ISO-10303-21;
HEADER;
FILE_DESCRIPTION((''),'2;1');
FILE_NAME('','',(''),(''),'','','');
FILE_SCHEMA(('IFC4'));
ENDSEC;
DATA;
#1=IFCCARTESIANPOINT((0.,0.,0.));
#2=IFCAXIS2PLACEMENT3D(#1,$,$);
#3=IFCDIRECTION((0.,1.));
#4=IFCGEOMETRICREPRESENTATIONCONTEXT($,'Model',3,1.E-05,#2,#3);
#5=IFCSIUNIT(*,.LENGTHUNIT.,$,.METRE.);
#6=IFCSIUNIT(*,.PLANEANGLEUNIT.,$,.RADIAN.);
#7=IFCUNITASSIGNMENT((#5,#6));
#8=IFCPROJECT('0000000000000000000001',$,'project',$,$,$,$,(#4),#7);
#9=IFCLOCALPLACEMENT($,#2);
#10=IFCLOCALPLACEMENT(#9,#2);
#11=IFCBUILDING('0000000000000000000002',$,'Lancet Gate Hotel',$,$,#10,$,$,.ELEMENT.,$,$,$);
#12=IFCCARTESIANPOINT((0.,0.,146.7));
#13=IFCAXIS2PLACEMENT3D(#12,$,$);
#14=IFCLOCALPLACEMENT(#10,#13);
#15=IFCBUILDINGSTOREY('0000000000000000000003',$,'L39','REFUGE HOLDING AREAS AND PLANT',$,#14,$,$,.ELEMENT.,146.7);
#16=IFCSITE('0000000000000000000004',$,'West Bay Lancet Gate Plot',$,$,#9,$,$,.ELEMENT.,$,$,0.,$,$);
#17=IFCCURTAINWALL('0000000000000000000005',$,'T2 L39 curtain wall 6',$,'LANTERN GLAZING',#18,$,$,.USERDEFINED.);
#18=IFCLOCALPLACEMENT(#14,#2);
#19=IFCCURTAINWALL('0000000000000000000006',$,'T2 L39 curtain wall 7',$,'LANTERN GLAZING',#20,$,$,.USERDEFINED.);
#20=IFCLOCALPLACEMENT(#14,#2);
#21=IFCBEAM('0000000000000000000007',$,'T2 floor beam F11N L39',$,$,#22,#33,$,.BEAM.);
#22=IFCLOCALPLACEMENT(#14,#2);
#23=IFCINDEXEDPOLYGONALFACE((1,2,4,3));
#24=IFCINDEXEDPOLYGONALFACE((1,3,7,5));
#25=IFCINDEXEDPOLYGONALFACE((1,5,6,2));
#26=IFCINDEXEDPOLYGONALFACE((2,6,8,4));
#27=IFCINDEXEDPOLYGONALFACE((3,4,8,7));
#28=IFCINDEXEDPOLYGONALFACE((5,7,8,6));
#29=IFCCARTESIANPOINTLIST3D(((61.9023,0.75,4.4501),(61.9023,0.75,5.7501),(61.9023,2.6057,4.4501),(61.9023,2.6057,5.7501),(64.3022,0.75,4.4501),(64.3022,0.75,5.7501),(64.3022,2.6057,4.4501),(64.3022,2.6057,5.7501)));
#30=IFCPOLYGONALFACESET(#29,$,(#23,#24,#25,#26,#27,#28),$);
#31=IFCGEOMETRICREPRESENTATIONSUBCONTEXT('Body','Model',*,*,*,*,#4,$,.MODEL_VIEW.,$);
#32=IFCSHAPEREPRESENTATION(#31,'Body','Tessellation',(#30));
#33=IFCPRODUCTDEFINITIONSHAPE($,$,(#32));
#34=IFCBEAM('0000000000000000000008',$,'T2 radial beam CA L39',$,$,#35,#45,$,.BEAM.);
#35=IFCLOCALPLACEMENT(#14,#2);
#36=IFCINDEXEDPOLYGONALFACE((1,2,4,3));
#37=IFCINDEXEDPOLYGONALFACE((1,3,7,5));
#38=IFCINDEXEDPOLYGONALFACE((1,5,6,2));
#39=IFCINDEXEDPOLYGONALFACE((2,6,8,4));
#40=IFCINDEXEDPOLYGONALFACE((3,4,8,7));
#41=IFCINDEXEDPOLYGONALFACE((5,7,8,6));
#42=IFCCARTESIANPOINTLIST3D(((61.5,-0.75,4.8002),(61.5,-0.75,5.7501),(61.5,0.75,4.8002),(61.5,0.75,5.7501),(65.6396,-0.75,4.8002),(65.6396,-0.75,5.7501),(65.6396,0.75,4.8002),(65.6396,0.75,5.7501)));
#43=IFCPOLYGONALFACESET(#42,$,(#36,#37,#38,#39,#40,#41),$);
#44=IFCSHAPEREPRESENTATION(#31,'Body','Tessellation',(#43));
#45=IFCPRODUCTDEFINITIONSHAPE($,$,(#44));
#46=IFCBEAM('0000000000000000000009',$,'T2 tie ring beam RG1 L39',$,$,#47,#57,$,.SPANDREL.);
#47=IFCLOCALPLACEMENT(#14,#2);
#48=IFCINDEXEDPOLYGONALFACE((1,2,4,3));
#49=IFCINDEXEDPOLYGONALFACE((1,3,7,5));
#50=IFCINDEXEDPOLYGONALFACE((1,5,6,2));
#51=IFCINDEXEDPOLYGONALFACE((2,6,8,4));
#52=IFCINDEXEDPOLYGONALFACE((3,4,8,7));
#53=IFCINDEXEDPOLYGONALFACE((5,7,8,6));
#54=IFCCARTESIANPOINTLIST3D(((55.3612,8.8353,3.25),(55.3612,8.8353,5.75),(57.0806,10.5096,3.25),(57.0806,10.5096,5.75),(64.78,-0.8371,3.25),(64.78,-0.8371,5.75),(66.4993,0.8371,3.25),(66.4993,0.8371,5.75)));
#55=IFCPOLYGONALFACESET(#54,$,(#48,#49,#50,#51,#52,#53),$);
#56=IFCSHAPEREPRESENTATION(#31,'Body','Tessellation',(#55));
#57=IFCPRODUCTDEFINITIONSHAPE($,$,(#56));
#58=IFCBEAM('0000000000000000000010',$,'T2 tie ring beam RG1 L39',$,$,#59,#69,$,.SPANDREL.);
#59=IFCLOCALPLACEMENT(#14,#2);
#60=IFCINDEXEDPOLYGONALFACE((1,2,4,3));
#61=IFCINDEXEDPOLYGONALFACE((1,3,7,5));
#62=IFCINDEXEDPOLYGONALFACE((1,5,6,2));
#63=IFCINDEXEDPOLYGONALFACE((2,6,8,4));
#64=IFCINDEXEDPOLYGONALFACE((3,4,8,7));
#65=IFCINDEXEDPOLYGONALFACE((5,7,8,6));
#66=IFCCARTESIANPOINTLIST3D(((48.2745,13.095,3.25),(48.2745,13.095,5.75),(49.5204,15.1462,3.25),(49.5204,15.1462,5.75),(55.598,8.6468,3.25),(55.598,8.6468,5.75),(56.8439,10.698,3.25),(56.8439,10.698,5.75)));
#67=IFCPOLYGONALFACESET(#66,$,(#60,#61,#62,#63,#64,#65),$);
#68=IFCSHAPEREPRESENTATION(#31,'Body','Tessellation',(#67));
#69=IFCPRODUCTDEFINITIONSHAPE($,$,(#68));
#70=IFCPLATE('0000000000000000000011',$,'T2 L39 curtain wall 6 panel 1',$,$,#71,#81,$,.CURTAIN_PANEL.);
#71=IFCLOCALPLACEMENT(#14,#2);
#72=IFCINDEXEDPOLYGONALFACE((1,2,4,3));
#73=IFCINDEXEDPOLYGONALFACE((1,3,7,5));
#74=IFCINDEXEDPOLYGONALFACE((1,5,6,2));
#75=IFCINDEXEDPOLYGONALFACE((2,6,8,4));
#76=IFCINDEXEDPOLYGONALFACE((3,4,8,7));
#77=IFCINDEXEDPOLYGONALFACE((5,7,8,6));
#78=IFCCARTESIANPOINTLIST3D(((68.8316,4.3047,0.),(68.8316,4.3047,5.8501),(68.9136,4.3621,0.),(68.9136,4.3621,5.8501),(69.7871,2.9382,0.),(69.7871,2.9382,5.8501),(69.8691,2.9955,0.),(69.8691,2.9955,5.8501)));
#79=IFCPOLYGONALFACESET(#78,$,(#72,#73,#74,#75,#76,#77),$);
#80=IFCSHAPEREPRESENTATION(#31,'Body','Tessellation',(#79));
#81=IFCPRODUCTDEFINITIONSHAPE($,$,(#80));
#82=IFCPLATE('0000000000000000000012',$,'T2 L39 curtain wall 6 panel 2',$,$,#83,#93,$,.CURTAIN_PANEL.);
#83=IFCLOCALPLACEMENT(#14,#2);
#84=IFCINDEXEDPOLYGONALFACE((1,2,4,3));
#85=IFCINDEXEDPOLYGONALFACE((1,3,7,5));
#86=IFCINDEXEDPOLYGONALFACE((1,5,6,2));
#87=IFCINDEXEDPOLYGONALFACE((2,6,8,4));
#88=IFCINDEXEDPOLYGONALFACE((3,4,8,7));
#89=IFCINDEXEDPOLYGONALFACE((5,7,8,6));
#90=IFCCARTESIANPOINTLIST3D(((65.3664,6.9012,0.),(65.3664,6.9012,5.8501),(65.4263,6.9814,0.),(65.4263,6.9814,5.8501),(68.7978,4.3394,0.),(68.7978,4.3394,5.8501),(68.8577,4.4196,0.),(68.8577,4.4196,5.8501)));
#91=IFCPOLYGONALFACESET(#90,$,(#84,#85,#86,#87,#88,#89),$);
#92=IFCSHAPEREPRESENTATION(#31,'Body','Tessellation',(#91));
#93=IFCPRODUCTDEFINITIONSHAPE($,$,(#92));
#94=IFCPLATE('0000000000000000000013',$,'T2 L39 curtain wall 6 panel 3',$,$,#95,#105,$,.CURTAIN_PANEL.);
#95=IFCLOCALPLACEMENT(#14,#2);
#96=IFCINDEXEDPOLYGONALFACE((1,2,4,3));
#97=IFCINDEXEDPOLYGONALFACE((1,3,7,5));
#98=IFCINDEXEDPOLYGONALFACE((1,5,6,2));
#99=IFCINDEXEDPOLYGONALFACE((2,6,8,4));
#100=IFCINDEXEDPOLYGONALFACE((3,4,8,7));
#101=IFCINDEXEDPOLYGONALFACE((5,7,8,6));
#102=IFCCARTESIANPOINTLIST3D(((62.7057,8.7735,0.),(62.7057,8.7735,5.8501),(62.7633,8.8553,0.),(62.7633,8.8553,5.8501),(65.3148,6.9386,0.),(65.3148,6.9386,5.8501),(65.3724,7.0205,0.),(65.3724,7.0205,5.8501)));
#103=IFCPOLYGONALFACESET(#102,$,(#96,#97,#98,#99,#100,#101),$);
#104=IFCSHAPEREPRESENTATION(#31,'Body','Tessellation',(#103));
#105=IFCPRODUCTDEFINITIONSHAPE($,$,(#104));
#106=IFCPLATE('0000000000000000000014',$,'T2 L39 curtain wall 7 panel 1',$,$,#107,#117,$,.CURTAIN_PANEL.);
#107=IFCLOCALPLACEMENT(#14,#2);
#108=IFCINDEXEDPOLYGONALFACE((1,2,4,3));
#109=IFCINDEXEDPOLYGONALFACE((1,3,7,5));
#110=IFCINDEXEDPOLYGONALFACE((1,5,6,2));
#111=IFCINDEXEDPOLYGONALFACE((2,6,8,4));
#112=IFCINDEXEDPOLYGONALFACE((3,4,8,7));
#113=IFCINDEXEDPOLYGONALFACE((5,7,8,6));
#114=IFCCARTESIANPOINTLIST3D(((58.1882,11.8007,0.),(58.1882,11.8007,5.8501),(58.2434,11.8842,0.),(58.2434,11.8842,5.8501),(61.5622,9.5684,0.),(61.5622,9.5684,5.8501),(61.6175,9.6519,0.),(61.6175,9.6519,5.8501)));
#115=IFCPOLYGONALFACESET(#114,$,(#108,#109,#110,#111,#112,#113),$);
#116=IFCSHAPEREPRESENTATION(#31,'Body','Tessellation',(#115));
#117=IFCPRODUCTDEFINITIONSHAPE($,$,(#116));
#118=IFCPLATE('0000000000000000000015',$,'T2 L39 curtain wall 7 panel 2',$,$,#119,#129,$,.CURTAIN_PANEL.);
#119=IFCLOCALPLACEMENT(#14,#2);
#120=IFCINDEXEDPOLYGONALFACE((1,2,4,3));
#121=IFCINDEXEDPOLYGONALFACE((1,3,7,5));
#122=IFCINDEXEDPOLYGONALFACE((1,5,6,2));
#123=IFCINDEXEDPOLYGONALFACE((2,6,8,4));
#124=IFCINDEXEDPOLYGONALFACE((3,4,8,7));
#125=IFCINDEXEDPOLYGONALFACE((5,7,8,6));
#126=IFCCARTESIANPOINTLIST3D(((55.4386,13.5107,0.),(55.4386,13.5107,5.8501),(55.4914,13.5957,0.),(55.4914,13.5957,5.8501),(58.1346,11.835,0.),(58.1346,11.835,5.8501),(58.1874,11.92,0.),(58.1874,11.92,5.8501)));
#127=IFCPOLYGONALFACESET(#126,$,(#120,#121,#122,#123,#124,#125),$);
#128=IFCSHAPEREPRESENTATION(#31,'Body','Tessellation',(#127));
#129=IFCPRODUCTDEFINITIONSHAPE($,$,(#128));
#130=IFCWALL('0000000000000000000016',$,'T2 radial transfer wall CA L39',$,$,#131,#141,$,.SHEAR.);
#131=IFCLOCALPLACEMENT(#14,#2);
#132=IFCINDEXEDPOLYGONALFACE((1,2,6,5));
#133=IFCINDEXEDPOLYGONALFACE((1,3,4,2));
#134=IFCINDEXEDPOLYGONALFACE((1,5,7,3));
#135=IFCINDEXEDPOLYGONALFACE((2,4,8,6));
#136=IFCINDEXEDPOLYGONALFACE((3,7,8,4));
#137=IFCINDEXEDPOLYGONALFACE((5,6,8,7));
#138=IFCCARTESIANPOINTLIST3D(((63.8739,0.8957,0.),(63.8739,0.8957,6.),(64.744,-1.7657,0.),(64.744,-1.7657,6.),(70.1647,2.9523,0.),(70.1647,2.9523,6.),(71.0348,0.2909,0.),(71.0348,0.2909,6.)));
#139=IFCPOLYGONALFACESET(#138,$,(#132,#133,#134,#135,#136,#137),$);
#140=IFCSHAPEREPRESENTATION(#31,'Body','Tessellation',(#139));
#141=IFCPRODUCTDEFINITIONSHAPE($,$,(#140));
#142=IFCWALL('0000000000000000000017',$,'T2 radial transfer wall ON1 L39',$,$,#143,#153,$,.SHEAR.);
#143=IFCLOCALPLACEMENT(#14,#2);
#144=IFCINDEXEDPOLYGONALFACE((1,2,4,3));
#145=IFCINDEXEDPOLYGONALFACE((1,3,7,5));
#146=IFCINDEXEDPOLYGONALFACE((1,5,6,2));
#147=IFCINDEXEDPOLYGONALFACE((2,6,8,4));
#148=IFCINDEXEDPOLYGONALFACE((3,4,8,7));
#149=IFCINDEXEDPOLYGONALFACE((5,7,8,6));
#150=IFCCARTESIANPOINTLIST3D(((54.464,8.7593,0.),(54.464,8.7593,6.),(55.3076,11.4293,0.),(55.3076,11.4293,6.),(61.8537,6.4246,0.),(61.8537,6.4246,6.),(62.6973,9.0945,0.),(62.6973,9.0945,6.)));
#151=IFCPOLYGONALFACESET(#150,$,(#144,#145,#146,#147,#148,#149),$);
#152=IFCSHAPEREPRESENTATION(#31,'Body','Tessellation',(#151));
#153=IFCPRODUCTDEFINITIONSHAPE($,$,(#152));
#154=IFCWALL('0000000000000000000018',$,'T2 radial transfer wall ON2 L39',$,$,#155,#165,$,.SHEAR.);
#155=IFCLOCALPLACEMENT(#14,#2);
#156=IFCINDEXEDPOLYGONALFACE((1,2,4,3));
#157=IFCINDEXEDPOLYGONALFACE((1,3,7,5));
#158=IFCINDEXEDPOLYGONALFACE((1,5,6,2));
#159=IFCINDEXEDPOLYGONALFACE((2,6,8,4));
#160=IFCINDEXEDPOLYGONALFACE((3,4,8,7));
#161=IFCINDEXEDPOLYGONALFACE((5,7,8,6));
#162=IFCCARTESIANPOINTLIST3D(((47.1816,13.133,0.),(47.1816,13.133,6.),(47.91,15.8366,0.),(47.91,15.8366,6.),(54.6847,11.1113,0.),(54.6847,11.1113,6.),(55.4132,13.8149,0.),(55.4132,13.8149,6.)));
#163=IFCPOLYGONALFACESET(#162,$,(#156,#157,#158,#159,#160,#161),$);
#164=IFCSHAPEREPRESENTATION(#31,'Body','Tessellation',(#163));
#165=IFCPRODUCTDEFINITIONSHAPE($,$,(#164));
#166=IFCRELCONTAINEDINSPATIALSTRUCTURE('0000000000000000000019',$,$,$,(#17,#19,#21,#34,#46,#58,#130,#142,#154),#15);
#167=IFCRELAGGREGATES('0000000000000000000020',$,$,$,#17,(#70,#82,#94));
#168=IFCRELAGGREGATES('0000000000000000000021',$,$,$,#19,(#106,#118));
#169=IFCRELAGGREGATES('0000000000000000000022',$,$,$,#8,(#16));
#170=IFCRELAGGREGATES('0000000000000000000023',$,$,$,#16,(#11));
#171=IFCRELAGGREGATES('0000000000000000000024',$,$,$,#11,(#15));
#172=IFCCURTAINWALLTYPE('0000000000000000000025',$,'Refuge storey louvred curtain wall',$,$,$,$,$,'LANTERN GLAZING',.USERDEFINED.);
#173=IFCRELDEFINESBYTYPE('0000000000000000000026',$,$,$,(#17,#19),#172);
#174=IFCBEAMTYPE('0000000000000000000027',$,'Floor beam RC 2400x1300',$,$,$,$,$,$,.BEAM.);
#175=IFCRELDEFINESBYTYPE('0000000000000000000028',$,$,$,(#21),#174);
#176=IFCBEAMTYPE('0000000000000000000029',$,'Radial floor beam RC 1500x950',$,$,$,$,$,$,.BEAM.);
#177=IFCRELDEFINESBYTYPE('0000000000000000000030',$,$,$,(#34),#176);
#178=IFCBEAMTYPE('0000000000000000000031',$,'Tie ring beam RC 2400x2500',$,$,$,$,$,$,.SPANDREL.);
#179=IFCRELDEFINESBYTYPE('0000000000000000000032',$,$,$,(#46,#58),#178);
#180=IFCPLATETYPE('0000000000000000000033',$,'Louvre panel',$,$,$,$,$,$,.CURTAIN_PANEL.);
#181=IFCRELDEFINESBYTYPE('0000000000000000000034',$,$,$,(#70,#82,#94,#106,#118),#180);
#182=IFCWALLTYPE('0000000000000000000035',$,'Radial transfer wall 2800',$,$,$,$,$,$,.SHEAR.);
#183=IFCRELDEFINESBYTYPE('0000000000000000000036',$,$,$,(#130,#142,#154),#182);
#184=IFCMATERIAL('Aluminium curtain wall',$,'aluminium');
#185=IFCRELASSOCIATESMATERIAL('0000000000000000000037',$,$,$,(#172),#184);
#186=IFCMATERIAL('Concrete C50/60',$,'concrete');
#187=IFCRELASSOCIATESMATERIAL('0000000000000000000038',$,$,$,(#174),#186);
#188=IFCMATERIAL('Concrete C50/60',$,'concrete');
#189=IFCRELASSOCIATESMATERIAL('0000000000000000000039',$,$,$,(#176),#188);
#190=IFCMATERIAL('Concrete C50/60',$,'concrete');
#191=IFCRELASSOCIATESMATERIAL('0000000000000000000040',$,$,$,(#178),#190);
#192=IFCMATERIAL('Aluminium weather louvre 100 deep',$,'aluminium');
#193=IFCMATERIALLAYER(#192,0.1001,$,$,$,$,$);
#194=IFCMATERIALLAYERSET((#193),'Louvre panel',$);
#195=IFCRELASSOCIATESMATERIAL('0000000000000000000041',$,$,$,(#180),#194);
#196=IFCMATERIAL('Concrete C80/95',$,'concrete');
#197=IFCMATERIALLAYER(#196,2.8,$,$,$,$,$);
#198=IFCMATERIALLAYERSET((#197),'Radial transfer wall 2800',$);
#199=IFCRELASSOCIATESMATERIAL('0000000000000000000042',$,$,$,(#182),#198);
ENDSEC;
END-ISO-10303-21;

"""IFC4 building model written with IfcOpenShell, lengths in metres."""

from ifc_helpers import new_model, si_unit, direction, frame, frame_2d, origin, origin_2d, place, context, subcontext, project, spatial, rectangle, extrude, material, layer, layer_set, material_profile, profile_set, type_object, element, aggregate, save


model = new_model("IFC4")

# Units and contexts
model_context = context("Model", 3, precision=1e-05, world=origin(), true_north=direction((0.0, 1.0)))
body_context = subcontext(model_context, "Body", "Model", "MODEL_VIEW")
ifc_project = project(units=[si_unit("LENGTHUNIT", "METRE"), si_unit("PLANEANGLEUNIT", "RADIAN")], contexts=[model_context])

# Site, building, storey
site_placement = place(None, origin())
site = spatial("IfcSite", under=ifc_project, at=site_placement, Name="West Bay Lancet Gate Plot", CompositionType="ELEMENT", RefElevation=0.0)
building_placement = place(site_placement, origin())
building = spatial("IfcBuilding", under=site, at=building_placement, Name="Lancet Gate Hotel", CompositionType="ELEMENT")
storey_placement = place(building_placement, frame((0.0, 0.0, 146.7)))
storey = spatial("IfcBuildingStorey", under=building, at=storey_placement, Name="L39", Description="REFUGE HOLDING AREAS AND PLANT", CompositionType="ELEMENT", Elevation=146.7)

# Shared definitions
ifc_material_1 = material(Name="Aluminium curtain wall", Category="aluminium")
curtain_wall_type = type_object("IfcCurtainWallType", Name="Refuge storey louvred curtain wall", ElementType="LANTERN GLAZING", PredefinedType="USERDEFINED", material=ifc_material_1)

# Curtain walls
curtain_wall_1_placement = place(storey_placement, origin())
curtain_wall_1 = element("IfcCurtainWall", 1, at=curtain_wall_1_placement, inside=storey, type_object=curtain_wall_type, Name="T2 L39 curtain wall 6", ObjectType="LANTERN GLAZING", PredefinedType="USERDEFINED")
curtain_wall_2_placement = place(storey_placement, origin())
curtain_wall_2 = element("IfcCurtainWall", 2, at=curtain_wall_2_placement, inside=storey, type_object=curtain_wall_type, Name="T2 L39 curtain wall 7", ObjectType="LANTERN GLAZING", PredefinedType="USERDEFINED")

# Beams
ifc_material_2 = material(Name="Concrete C50/60", Category="concrete")
ifc_material_profile_1 = material_profile(ifc_material_2, rectangle(XDim=2.3999, YDim=1.3, at=origin_2d()), Name="RC 2400x1300")
ifc_profile_set_1 = profile_set([ifc_material_profile_1], Name="Concrete C50/60")
beam_type_1 = type_object("IfcBeamType", Name="Floor beam RC 2400x1300", PredefinedType="BEAM", material=ifc_profile_set_1)
beam_1_placement = place(storey_placement, frame((63.1023, 0.75, 5.1001), z_axis=(0.0, 1.0, 0.0), x_axis=(-1.0, 0.0, 0.0)))
element("IfcBeam", 3, at=beam_1_placement, inside=storey, type_object=beam_type_1, Name="T2 floor beam F11N L39", PredefinedType="BEAM", context=body_context, shape_type="SweptSolid", body=[
    extrude(rectangle(XDim=2.3999, YDim=1.3, at=origin_2d()), origin(), (0.0, 0.0, 1.0), 1.8557),
])
ifc_material_3 = material(Name="Concrete C50/60", Category="concrete")
ifc_material_profile_2 = material_profile(ifc_material_3, rectangle(XDim=1.5, YDim=0.95, at=origin_2d()), Name="RC 1500x950")
ifc_profile_set_2 = profile_set([ifc_material_profile_2], Name="Concrete C50/60")
beam_type_2 = type_object("IfcBeamType", Name="Radial floor beam RC 1500x950", PredefinedType="BEAM", material=ifc_profile_set_2)
beam_2_placement = place(storey_placement, frame((65.6396, 0.0, 5.2751), z_axis=(-1.0, 0.0, 0.0), x_axis=(0.0, -1.0, 0.0)))
element("IfcBeam", 4, at=beam_2_placement, inside=storey, type_object=beam_type_2, Name="T2 radial beam CA L39", PredefinedType="BEAM", context=body_context, shape_type="SweptSolid", body=[
    extrude(rectangle(XDim=1.5, YDim=0.95, at=origin_2d()), origin(), (0.0, 0.0, 1.0), 4.1396),
])
ifc_material_4 = material(Name="Concrete C50/60", Category="concrete")
ifc_material_profile_3 = material_profile(ifc_material_4, rectangle(XDim=2.3999, YDim=2.5, at=origin_2d()), Name="RC 2400x2500")
ifc_profile_set_3 = profile_set([ifc_material_profile_3], Name="Concrete C50/60")
beam_type_3 = type_object("IfcBeamType", Name="Tie ring beam RC 2400x2500", PredefinedType="SPANDREL", material=ifc_profile_set_3)
beam_3_placement = place(storey_placement, frame((65.6396, 0.0, 4.5), z_axis=(-0.69765, 0.716439, 0.0), x_axis=(-0.716439, -0.69765, 0.0)))
element("IfcBeam", 5, at=beam_3_placement, inside=storey, type_object=beam_type_3, Name="T2 tie ring beam RG1 L39", PredefinedType="SPANDREL", context=body_context, shape_type="SweptSolid", body=[
    extrude(rectangle(XDim=2.3999, YDim=2.5, at=origin_2d()), origin(), (0.0, 0.0, 1.0), 13.5007),
])
beam_4_placement = place(storey_placement, frame((56.2209, 9.6724, 4.5), z_axis=(-0.854692, 0.519135, 0.0), x_axis=(-0.519135, -0.854692, 0.0)))
element("IfcBeam", 6, at=beam_4_placement, inside=storey, type_object=beam_type_3, Name="T2 tie ring beam RG1 L39", PredefinedType="SPANDREL", context=body_context, shape_type="SweptSolid", body=[
    extrude(rectangle(XDim=2.3999, YDim=2.5, at=origin_2d()), origin(), (0.0, 0.0, 1.0), 8.5686),
])

# Plates
ifc_material_5 = material(Name="Aluminium weather louvre 100 deep", Category="aluminium")
ifc_layer_1 = layer(ifc_material_5, 0.1001)
ifc_layer_set_1 = layer_set([ifc_layer_1], Name="Louvre panel")
plate_type = type_object("IfcPlateType", Name="Louvre panel", PredefinedType="CURTAIN_PANEL", material=ifc_layer_set_1)
plate_1_placement = place(storey_placement, frame((69.3503, 3.6501, 0.0), z_axis=(0.0, 0.0, 1.0), x_axis=(-0.573025, 0.819538, 0.0)))
plate_1 = element("IfcPlate", 7, at=plate_1_placement, type_object=plate_type, Name="T2 L39 curtain wall 6 panel 1", PredefinedType="CURTAIN_PANEL", context=body_context, shape_type="SweptSolid", body=[
    extrude(rectangle(XDim=1.6675, YDim=0.1001, at=origin_2d()), origin(), (0.0, 0.0, 1.0), 5.8501),
])
plate_2_placement = place(storey_placement, frame((67.1121, 5.6604, 0.0), z_axis=(0.0, 0.0, 1.0), x_axis=(-0.801314, 0.598244, 0.0)))
plate_2 = element("IfcPlate", 8, at=plate_2_placement, type_object=plate_type, Name="T2 L39 curtain wall 6 panel 2", PredefinedType="CURTAIN_PANEL", context=body_context, shape_type="SweptSolid", body=[
    extrude(rectangle(XDim=4.2822, YDim=0.1001, at=origin_2d()), origin(), (0.0, 0.0, 1.0), 5.8501),
])
plate_3_placement = place(storey_placement, frame((64.0391, 7.897, 0.0), z_axis=(0.0, 0.0, 1.0), x_axis=(-0.817979, 0.575247, 0.0)))
plate_3 = element("IfcPlate", 9, at=plate_3_placement, type_object=plate_type, Name="T2 L39 curtain wall 6 panel 3", PredefinedType="CURTAIN_PANEL", context=body_context, shape_type="SweptSolid", body=[
    extrude(rectangle(XDim=3.1897, YDim=0.1001, at=origin_2d()), origin(), (0.0, 0.0, 1.0), 5.8501),
])
aggregate(curtain_wall_1, [plate_1, plate_2, plate_3])
plate_4_placement = place(storey_placement, frame((59.9028, 10.7263, 0.0), z_axis=(0.0, 0.0, 1.0), x_axis=(-0.833985, 0.551787, 0.0)))
plate_4 = element("IfcPlate", 10, at=plate_4_placement, type_object=plate_type, Name="T2 L39 curtain wall 7 panel 1", PredefinedType="CURTAIN_PANEL", context=body_context, shape_type="SweptSolid", body=[
    extrude(rectangle(XDim=4.0457, YDim=0.1001, at=origin_2d()), origin(), (0.0, 0.0, 1.0), 5.8501),
])
plate_5_placement = place(storey_placement, frame((56.813, 12.7153, 0.0), z_axis=(0.0, 0.0, 1.0), x_axis=(-0.849318, 0.527882, 0.0)))
plate_5 = element("IfcPlate", 11, at=plate_5_placement, type_object=plate_type, Name="T2 L39 curtain wall 7 panel 2", PredefinedType="CURTAIN_PANEL", context=body_context, shape_type="SweptSolid", body=[
    extrude(rectangle(XDim=3.1743, YDim=0.1001, at=origin_2d()), origin(), (0.0, 0.0, 1.0), 5.8501),
])
aggregate(curtain_wall_2, [plate_4, plate_5])

# Walls
ifc_material_6 = material(Name="Concrete C80/95", Category="concrete")
ifc_layer_2 = layer(ifc_material_6, 2.8)
ifc_layer_set_2 = layer_set([ifc_layer_2], Name="Radial transfer wall 2800")
wall_type = type_object("IfcWallType", Name="Radial transfer wall 2800", PredefinedType="SHEAR", material=ifc_layer_set_2)
wall_1_placement = place(storey_placement, frame((70.5996, 1.6216, 0.0), z_axis=(0.0, 0.0, 1.0), x_axis=(-0.950493, -0.310745, 0.0)))
element("IfcWall", 12, at=wall_1_placement, inside=storey, type_object=wall_type, Name="T2 radial transfer wall CA L39", PredefinedType="SHEAR", context=body_context, shape_type="SweptSolid", body=[
    extrude(rectangle(XDim=6.6184, YDim=2.8, at=frame_2d((3.3091, 0.0))), origin(), (0.0, 0.0, 1.0), 6.0),
])
wall_2_placement = place(storey_placement, frame((62.2756, 7.7595, 0.0), z_axis=(0.0, 0.0, 1.0), x_axis=(-0.95354, 0.301266, 0.0)))
element("IfcWall", 13, at=wall_2_placement, inside=storey, type_object=wall_type, Name="T2 radial transfer wall ON1 L39", PredefinedType="SHEAR", context=body_context, shape_type="SweptSolid", body=[
    extrude(rectangle(XDim=7.7498, YDim=2.8, at=frame_2d((3.875, 0.0))), origin(), (0.0, 0.0, 1.0), 6.0),
])
wall_3_placement = place(storey_placement, frame((55.0488, 12.4631, 0.0), z_axis=(0.0, 0.0, 1.0), x_axis=(-0.965563, 0.260171, 0.0)))
element("IfcWall", 14, at=wall_3_placement, inside=storey, type_object=wall_type, Name="T2 radial transfer wall ON2 L39", PredefinedType="SHEAR", context=body_context, shape_type="SweptSolid", body=[
    extrude(rectangle(XDim=7.7708, YDim=2.8, at=frame_2d((3.8853, 0.0))), origin(), (0.0, 0.0, 1.0), 6.0),
])

save(model, "model.ifc")
